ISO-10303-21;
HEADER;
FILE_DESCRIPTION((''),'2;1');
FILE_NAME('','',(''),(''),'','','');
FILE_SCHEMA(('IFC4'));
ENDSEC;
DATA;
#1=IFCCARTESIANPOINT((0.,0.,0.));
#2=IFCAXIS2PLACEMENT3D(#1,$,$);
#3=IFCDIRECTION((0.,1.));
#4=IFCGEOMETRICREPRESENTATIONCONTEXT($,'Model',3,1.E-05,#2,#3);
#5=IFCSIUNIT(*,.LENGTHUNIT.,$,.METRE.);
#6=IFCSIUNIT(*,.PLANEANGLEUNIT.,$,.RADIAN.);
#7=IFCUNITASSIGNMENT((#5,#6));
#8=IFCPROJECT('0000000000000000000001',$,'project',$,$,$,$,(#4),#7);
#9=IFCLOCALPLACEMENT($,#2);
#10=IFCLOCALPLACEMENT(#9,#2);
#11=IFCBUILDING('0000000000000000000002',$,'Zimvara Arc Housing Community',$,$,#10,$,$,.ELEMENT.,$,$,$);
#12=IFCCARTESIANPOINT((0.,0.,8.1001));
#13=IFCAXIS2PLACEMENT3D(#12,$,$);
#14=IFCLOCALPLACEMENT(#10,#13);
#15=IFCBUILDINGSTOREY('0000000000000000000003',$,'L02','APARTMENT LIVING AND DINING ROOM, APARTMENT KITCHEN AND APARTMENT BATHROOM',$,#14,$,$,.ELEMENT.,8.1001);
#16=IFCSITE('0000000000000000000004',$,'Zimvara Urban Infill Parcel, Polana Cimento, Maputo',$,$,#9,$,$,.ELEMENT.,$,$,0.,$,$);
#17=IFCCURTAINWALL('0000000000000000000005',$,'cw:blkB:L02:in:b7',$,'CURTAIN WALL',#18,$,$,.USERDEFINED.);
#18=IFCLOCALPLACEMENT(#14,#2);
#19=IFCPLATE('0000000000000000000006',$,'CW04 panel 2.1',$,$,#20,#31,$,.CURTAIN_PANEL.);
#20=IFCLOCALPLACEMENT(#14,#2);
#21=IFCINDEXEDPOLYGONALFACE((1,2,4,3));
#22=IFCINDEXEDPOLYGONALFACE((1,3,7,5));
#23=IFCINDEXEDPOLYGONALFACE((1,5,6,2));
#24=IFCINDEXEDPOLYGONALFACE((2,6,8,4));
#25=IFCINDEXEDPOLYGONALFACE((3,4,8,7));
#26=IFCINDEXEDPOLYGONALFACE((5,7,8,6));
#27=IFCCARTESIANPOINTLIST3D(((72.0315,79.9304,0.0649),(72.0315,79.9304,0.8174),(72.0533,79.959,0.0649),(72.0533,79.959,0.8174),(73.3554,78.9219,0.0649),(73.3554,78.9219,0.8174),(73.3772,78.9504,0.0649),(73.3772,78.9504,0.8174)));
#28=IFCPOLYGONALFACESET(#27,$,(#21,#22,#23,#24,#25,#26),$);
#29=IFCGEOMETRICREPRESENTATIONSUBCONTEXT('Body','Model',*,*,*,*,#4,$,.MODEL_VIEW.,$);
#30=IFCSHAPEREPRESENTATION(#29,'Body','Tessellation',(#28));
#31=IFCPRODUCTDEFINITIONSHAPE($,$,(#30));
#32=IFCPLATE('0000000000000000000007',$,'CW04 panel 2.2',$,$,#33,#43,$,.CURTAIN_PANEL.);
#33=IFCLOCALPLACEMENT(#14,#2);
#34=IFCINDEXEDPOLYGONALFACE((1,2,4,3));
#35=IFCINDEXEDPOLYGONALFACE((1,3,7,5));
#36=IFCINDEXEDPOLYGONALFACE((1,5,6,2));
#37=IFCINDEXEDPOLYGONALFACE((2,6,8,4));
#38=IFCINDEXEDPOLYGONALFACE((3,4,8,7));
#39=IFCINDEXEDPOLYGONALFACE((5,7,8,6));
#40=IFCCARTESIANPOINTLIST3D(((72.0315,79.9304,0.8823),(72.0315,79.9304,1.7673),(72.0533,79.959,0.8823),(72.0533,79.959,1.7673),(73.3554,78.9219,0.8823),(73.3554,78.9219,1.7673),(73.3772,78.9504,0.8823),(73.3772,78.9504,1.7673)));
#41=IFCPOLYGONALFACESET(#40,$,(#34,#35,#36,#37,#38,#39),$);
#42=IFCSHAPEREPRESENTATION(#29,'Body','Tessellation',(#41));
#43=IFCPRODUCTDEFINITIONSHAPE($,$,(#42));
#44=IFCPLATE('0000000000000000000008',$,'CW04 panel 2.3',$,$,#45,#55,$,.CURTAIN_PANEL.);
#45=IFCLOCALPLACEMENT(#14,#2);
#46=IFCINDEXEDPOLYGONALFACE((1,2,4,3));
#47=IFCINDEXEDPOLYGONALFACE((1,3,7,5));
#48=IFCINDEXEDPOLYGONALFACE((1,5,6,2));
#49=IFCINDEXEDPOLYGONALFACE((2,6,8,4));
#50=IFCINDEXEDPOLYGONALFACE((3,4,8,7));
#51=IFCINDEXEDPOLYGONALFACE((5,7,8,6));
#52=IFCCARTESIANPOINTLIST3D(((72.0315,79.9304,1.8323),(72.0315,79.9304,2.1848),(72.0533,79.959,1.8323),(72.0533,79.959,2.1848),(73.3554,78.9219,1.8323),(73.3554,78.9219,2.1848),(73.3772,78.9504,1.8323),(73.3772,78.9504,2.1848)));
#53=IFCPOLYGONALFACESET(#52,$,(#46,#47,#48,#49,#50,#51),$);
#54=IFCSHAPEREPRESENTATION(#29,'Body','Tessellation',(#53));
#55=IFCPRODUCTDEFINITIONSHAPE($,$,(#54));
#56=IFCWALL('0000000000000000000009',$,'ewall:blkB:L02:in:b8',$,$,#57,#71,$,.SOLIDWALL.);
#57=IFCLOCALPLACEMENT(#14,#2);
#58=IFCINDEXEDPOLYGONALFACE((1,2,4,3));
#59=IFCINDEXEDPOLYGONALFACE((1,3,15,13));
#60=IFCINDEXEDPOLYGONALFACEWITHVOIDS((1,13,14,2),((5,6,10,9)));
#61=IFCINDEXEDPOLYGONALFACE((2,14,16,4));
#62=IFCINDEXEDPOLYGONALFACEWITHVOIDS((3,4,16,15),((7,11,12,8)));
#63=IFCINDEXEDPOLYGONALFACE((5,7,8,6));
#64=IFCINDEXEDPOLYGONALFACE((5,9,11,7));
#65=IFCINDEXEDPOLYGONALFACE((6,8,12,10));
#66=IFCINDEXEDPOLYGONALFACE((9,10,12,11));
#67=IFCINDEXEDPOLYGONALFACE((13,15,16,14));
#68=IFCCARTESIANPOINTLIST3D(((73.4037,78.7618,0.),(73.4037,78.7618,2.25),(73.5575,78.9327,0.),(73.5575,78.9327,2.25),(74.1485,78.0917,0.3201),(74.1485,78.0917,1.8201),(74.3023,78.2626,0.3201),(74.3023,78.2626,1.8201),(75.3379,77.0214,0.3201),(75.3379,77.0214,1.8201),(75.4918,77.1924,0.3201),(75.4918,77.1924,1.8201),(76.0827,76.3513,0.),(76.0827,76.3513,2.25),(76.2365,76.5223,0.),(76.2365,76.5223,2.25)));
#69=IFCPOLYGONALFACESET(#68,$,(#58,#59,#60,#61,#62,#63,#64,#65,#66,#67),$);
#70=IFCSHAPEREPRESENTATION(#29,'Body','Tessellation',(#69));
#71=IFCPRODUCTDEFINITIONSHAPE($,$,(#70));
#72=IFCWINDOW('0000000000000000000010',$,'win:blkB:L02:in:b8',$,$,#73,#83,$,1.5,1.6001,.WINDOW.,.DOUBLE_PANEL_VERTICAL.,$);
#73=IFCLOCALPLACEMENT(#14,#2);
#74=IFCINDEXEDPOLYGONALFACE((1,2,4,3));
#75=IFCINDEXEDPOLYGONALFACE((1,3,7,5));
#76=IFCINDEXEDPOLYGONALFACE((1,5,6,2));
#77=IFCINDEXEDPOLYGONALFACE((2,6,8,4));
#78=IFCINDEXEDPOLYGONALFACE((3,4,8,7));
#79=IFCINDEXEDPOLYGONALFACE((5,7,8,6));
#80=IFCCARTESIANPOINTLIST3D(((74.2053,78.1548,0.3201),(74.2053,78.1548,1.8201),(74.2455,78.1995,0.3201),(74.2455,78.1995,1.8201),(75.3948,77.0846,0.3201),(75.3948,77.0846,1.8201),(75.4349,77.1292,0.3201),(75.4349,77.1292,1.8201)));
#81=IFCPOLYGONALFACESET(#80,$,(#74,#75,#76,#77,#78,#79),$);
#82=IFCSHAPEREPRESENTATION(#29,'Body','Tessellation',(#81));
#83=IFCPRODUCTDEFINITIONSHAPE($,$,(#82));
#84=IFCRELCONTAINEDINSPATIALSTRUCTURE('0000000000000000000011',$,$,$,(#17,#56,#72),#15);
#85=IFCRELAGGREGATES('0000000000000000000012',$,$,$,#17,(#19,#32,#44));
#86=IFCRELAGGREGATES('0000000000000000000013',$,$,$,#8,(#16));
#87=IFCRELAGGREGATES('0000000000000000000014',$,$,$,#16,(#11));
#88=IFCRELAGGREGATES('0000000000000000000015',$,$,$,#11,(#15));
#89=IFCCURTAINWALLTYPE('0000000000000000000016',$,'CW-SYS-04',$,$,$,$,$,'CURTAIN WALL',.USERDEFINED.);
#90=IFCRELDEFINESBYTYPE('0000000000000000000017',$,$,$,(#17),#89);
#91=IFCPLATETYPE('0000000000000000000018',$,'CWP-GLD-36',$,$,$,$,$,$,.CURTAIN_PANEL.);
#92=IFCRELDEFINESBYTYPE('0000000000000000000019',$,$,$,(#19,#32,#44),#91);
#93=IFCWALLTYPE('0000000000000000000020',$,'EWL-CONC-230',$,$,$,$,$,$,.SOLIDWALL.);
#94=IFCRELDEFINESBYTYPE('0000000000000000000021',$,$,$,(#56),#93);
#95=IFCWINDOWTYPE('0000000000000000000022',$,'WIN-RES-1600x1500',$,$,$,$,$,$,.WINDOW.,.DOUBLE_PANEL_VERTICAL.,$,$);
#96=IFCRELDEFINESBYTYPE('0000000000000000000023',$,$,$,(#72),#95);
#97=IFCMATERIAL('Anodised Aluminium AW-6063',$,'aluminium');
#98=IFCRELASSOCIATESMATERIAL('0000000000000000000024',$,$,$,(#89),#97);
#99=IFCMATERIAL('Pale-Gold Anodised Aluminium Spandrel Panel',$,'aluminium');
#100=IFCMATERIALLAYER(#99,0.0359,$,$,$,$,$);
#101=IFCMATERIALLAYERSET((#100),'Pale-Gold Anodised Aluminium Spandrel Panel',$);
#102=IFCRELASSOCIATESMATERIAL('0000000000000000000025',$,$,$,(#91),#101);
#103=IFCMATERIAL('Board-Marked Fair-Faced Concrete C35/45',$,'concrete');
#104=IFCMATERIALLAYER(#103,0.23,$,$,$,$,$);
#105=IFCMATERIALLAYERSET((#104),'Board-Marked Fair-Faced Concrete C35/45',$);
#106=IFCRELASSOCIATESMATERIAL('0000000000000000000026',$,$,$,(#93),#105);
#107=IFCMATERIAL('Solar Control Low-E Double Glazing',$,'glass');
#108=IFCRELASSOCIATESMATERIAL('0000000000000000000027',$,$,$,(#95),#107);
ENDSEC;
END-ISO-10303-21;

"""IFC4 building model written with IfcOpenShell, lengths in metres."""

from ifc_helpers import new_model, si_unit, direction, frame, frame_2d, origin, origin_2d, place, context, subcontext, project, spatial, rectangle, extrude, material, layer, layer_set, type_object, element, fill, aggregate, save


model = new_model("IFC4")

# Units and contexts
model_context = context("Model", 3, precision=1e-05, world=origin(), true_north=direction((0.0, 1.0)))
body_context = subcontext(model_context, "Body", "Model", "MODEL_VIEW")
ifc_project = project(units=[si_unit("LENGTHUNIT", "METRE"), si_unit("PLANEANGLEUNIT", "RADIAN")], contexts=[model_context])

# Site, building, storey
site_placement = place(None, origin())
site = spatial("IfcSite", under=ifc_project, at=site_placement, Name="Zimvara Urban Infill Parcel, Polana Cimento, Maputo", CompositionType="ELEMENT", RefElevation=0.0)
building_placement = place(site_placement, origin())
building = spatial("IfcBuilding", under=site, at=building_placement, Name="Zimvara Arc Housing Community", CompositionType="ELEMENT")
storey_placement = place(building_placement, frame((0.0, 0.0, 8.1001)))
storey = spatial("IfcBuildingStorey", under=building, at=storey_placement, Name="L02", Description="APARTMENT LIVING AND DINING ROOM, APARTMENT KITCHEN AND APARTMENT BATHROOM", CompositionType="ELEMENT", Elevation=8.1001)

# Curtain wall
ifc_material_1 = material(Name="Anodised Aluminium AW-6063", Category="aluminium")
curtain_wall_type_1 = type_object("IfcCurtainWallType", Name="CW-SYS-04", ElementType="CURTAIN WALL", PredefinedType="USERDEFINED", material=ifc_material_1)
curtain_wall_1_placement = place(storey_placement, origin())
curtain_wall_1 = element("IfcCurtainWall", 1, at=curtain_wall_1_placement, inside=storey, type_object=curtain_wall_type_1, Name="cw:blkB:L02:in:b7", ObjectType="CURTAIN WALL", PredefinedType="USERDEFINED")

# Plates
ifc_material_2 = material(Name="Pale-Gold Anodised Aluminium Spandrel Panel", Category="aluminium")
ifc_layer_1 = layer(ifc_material_2, 0.0359)
ifc_layer_set_1 = layer_set([ifc_layer_1], Name="Pale-Gold Anodised Aluminium Spandrel Panel")
plate_type = type_object("IfcPlateType", Name="CWP-GLD-36", PredefinedType="CURTAIN_PANEL", material=ifc_layer_set_1)
plate_1_placement = place(storey_placement, frame((72.7043, 79.4404, 0.0649), z_axis=(0.0, 0.0, 1.0), x_axis=(0.795474, -0.605988, 0.0)))
plate_1 = element("IfcPlate", 2, at=plate_1_placement, type_object=plate_type, Name="CW04 panel 2.1", PredefinedType="CURTAIN_PANEL", context=body_context, shape_type="SweptSolid", body=[
    extrude(rectangle(XDim=1.6643, YDim=0.0359, at=origin_2d()), origin(), (0.0, 0.0, 1.0), 0.7524),
])
plate_2_placement = place(storey_placement, frame((72.7043, 79.4404, 0.8823), z_axis=(0.0, 0.0, 1.0), x_axis=(0.795474, -0.605988, 0.0)))
plate_2 = element("IfcPlate", 3, at=plate_2_placement, type_object=plate_type, Name="CW04 panel 2.2", PredefinedType="CURTAIN_PANEL", context=body_context, shape_type="SweptSolid", body=[
    extrude(rectangle(XDim=1.6643, YDim=0.0359, at=origin_2d()), origin(), (0.0, 0.0, 1.0), 0.885),
])
plate_3_placement = place(storey_placement, frame((72.7043, 79.4404, 1.8323), z_axis=(0.0, 0.0, 1.0), x_axis=(0.795474, -0.605988, 0.0)))
plate_3 = element("IfcPlate", 4, at=plate_3_placement, type_object=plate_type, Name="CW04 panel 2.3", PredefinedType="CURTAIN_PANEL", context=body_context, shape_type="SweptSolid", body=[
    extrude(rectangle(XDim=1.6643, YDim=0.0359, at=origin_2d()), origin(), (0.0, 0.0, 1.0), 0.3525),
])
aggregate(curtain_wall_1, [plate_1, plate_2, plate_3])

# Wall, opening, window
ifc_material_3 = material(Name="Board-Marked Fair-Faced Concrete C35/45", Category="concrete")
ifc_layer_2 = layer(ifc_material_3, 0.23)
ifc_layer_set_2 = layer_set([ifc_layer_2], Name="Board-Marked Fair-Faced Concrete C35/45")
wall_type = type_object("IfcWallType", Name="EWL-CONC-230", PredefinedType="SOLIDWALL", material=ifc_layer_set_2)
wall_placement = place(storey_placement, frame((73.4807, 78.8472, 0.0), z_axis=(0.0, 0.0, 1.0), x_axis=(0.743385, -0.668864, 0.0)))
wall = element("IfcWall", 5, at=wall_placement, inside=storey, type_object=wall_type, Name="ewall:blkB:L02:in:b8", PredefinedType="SOLIDWALL", context=body_context, shape_type="SweptSolid", body=[
    extrude(rectangle(XDim=3.6038, YDim=0.23, at=frame_2d((1.8018, 0.0))), origin(), (0.0, 0.0, 1.0), 2.25),
])
opening_placement = place(wall_placement, frame((1.0017, 0.0, 0.3201)))
opening = element("IfcOpeningElement", 6, at=opening_placement, cuts=wall, PredefinedType="OPENING", context=body_context, shape_type="SweptSolid", body=[
    extrude(rectangle(XDim=1.6001, YDim=1.5, at=frame_2d((0.8, 0.75))), frame((0.0, 0.125, 0.0), z_axis=(0.0, -1.0, 0.0), x_axis=(1.0, 0.0, 0.0)), (0.0, 0.0, 1.0), 0.25),
])
ifc_material_4 = material(Name="Solar Control Low-E Double Glazing", Category="glass")
window_type = type_object("IfcWindowType", Name="WIN-RES-1600x1500", PartitioningType="DOUBLE_PANEL_VERTICAL", PredefinedType="WINDOW", material=ifc_material_4)
window_placement = place(opening_placement, origin())
window = element("IfcWindow", 7, at=window_placement, inside=storey, type_object=window_type, Name="win:blkB:L02:in:b8", OverallHeight=1.5, OverallWidth=1.6001, PartitioningType="DOUBLE_PANEL_VERTICAL", PredefinedType="WINDOW", context=body_context, shape_type="SweptSolid", body=[
    extrude(rectangle(XDim=1.6001, YDim=1.5, at=frame_2d((0.8, 0.75))), frame((0.0, 0.03, 0.0), z_axis=(0.0, -1.0, 0.0), x_axis=(1.0, 0.0, 0.0)), (0.0, 0.0, 1.0), 0.0601),
])
fill(opening, window)

save(model, "model.ifc")
